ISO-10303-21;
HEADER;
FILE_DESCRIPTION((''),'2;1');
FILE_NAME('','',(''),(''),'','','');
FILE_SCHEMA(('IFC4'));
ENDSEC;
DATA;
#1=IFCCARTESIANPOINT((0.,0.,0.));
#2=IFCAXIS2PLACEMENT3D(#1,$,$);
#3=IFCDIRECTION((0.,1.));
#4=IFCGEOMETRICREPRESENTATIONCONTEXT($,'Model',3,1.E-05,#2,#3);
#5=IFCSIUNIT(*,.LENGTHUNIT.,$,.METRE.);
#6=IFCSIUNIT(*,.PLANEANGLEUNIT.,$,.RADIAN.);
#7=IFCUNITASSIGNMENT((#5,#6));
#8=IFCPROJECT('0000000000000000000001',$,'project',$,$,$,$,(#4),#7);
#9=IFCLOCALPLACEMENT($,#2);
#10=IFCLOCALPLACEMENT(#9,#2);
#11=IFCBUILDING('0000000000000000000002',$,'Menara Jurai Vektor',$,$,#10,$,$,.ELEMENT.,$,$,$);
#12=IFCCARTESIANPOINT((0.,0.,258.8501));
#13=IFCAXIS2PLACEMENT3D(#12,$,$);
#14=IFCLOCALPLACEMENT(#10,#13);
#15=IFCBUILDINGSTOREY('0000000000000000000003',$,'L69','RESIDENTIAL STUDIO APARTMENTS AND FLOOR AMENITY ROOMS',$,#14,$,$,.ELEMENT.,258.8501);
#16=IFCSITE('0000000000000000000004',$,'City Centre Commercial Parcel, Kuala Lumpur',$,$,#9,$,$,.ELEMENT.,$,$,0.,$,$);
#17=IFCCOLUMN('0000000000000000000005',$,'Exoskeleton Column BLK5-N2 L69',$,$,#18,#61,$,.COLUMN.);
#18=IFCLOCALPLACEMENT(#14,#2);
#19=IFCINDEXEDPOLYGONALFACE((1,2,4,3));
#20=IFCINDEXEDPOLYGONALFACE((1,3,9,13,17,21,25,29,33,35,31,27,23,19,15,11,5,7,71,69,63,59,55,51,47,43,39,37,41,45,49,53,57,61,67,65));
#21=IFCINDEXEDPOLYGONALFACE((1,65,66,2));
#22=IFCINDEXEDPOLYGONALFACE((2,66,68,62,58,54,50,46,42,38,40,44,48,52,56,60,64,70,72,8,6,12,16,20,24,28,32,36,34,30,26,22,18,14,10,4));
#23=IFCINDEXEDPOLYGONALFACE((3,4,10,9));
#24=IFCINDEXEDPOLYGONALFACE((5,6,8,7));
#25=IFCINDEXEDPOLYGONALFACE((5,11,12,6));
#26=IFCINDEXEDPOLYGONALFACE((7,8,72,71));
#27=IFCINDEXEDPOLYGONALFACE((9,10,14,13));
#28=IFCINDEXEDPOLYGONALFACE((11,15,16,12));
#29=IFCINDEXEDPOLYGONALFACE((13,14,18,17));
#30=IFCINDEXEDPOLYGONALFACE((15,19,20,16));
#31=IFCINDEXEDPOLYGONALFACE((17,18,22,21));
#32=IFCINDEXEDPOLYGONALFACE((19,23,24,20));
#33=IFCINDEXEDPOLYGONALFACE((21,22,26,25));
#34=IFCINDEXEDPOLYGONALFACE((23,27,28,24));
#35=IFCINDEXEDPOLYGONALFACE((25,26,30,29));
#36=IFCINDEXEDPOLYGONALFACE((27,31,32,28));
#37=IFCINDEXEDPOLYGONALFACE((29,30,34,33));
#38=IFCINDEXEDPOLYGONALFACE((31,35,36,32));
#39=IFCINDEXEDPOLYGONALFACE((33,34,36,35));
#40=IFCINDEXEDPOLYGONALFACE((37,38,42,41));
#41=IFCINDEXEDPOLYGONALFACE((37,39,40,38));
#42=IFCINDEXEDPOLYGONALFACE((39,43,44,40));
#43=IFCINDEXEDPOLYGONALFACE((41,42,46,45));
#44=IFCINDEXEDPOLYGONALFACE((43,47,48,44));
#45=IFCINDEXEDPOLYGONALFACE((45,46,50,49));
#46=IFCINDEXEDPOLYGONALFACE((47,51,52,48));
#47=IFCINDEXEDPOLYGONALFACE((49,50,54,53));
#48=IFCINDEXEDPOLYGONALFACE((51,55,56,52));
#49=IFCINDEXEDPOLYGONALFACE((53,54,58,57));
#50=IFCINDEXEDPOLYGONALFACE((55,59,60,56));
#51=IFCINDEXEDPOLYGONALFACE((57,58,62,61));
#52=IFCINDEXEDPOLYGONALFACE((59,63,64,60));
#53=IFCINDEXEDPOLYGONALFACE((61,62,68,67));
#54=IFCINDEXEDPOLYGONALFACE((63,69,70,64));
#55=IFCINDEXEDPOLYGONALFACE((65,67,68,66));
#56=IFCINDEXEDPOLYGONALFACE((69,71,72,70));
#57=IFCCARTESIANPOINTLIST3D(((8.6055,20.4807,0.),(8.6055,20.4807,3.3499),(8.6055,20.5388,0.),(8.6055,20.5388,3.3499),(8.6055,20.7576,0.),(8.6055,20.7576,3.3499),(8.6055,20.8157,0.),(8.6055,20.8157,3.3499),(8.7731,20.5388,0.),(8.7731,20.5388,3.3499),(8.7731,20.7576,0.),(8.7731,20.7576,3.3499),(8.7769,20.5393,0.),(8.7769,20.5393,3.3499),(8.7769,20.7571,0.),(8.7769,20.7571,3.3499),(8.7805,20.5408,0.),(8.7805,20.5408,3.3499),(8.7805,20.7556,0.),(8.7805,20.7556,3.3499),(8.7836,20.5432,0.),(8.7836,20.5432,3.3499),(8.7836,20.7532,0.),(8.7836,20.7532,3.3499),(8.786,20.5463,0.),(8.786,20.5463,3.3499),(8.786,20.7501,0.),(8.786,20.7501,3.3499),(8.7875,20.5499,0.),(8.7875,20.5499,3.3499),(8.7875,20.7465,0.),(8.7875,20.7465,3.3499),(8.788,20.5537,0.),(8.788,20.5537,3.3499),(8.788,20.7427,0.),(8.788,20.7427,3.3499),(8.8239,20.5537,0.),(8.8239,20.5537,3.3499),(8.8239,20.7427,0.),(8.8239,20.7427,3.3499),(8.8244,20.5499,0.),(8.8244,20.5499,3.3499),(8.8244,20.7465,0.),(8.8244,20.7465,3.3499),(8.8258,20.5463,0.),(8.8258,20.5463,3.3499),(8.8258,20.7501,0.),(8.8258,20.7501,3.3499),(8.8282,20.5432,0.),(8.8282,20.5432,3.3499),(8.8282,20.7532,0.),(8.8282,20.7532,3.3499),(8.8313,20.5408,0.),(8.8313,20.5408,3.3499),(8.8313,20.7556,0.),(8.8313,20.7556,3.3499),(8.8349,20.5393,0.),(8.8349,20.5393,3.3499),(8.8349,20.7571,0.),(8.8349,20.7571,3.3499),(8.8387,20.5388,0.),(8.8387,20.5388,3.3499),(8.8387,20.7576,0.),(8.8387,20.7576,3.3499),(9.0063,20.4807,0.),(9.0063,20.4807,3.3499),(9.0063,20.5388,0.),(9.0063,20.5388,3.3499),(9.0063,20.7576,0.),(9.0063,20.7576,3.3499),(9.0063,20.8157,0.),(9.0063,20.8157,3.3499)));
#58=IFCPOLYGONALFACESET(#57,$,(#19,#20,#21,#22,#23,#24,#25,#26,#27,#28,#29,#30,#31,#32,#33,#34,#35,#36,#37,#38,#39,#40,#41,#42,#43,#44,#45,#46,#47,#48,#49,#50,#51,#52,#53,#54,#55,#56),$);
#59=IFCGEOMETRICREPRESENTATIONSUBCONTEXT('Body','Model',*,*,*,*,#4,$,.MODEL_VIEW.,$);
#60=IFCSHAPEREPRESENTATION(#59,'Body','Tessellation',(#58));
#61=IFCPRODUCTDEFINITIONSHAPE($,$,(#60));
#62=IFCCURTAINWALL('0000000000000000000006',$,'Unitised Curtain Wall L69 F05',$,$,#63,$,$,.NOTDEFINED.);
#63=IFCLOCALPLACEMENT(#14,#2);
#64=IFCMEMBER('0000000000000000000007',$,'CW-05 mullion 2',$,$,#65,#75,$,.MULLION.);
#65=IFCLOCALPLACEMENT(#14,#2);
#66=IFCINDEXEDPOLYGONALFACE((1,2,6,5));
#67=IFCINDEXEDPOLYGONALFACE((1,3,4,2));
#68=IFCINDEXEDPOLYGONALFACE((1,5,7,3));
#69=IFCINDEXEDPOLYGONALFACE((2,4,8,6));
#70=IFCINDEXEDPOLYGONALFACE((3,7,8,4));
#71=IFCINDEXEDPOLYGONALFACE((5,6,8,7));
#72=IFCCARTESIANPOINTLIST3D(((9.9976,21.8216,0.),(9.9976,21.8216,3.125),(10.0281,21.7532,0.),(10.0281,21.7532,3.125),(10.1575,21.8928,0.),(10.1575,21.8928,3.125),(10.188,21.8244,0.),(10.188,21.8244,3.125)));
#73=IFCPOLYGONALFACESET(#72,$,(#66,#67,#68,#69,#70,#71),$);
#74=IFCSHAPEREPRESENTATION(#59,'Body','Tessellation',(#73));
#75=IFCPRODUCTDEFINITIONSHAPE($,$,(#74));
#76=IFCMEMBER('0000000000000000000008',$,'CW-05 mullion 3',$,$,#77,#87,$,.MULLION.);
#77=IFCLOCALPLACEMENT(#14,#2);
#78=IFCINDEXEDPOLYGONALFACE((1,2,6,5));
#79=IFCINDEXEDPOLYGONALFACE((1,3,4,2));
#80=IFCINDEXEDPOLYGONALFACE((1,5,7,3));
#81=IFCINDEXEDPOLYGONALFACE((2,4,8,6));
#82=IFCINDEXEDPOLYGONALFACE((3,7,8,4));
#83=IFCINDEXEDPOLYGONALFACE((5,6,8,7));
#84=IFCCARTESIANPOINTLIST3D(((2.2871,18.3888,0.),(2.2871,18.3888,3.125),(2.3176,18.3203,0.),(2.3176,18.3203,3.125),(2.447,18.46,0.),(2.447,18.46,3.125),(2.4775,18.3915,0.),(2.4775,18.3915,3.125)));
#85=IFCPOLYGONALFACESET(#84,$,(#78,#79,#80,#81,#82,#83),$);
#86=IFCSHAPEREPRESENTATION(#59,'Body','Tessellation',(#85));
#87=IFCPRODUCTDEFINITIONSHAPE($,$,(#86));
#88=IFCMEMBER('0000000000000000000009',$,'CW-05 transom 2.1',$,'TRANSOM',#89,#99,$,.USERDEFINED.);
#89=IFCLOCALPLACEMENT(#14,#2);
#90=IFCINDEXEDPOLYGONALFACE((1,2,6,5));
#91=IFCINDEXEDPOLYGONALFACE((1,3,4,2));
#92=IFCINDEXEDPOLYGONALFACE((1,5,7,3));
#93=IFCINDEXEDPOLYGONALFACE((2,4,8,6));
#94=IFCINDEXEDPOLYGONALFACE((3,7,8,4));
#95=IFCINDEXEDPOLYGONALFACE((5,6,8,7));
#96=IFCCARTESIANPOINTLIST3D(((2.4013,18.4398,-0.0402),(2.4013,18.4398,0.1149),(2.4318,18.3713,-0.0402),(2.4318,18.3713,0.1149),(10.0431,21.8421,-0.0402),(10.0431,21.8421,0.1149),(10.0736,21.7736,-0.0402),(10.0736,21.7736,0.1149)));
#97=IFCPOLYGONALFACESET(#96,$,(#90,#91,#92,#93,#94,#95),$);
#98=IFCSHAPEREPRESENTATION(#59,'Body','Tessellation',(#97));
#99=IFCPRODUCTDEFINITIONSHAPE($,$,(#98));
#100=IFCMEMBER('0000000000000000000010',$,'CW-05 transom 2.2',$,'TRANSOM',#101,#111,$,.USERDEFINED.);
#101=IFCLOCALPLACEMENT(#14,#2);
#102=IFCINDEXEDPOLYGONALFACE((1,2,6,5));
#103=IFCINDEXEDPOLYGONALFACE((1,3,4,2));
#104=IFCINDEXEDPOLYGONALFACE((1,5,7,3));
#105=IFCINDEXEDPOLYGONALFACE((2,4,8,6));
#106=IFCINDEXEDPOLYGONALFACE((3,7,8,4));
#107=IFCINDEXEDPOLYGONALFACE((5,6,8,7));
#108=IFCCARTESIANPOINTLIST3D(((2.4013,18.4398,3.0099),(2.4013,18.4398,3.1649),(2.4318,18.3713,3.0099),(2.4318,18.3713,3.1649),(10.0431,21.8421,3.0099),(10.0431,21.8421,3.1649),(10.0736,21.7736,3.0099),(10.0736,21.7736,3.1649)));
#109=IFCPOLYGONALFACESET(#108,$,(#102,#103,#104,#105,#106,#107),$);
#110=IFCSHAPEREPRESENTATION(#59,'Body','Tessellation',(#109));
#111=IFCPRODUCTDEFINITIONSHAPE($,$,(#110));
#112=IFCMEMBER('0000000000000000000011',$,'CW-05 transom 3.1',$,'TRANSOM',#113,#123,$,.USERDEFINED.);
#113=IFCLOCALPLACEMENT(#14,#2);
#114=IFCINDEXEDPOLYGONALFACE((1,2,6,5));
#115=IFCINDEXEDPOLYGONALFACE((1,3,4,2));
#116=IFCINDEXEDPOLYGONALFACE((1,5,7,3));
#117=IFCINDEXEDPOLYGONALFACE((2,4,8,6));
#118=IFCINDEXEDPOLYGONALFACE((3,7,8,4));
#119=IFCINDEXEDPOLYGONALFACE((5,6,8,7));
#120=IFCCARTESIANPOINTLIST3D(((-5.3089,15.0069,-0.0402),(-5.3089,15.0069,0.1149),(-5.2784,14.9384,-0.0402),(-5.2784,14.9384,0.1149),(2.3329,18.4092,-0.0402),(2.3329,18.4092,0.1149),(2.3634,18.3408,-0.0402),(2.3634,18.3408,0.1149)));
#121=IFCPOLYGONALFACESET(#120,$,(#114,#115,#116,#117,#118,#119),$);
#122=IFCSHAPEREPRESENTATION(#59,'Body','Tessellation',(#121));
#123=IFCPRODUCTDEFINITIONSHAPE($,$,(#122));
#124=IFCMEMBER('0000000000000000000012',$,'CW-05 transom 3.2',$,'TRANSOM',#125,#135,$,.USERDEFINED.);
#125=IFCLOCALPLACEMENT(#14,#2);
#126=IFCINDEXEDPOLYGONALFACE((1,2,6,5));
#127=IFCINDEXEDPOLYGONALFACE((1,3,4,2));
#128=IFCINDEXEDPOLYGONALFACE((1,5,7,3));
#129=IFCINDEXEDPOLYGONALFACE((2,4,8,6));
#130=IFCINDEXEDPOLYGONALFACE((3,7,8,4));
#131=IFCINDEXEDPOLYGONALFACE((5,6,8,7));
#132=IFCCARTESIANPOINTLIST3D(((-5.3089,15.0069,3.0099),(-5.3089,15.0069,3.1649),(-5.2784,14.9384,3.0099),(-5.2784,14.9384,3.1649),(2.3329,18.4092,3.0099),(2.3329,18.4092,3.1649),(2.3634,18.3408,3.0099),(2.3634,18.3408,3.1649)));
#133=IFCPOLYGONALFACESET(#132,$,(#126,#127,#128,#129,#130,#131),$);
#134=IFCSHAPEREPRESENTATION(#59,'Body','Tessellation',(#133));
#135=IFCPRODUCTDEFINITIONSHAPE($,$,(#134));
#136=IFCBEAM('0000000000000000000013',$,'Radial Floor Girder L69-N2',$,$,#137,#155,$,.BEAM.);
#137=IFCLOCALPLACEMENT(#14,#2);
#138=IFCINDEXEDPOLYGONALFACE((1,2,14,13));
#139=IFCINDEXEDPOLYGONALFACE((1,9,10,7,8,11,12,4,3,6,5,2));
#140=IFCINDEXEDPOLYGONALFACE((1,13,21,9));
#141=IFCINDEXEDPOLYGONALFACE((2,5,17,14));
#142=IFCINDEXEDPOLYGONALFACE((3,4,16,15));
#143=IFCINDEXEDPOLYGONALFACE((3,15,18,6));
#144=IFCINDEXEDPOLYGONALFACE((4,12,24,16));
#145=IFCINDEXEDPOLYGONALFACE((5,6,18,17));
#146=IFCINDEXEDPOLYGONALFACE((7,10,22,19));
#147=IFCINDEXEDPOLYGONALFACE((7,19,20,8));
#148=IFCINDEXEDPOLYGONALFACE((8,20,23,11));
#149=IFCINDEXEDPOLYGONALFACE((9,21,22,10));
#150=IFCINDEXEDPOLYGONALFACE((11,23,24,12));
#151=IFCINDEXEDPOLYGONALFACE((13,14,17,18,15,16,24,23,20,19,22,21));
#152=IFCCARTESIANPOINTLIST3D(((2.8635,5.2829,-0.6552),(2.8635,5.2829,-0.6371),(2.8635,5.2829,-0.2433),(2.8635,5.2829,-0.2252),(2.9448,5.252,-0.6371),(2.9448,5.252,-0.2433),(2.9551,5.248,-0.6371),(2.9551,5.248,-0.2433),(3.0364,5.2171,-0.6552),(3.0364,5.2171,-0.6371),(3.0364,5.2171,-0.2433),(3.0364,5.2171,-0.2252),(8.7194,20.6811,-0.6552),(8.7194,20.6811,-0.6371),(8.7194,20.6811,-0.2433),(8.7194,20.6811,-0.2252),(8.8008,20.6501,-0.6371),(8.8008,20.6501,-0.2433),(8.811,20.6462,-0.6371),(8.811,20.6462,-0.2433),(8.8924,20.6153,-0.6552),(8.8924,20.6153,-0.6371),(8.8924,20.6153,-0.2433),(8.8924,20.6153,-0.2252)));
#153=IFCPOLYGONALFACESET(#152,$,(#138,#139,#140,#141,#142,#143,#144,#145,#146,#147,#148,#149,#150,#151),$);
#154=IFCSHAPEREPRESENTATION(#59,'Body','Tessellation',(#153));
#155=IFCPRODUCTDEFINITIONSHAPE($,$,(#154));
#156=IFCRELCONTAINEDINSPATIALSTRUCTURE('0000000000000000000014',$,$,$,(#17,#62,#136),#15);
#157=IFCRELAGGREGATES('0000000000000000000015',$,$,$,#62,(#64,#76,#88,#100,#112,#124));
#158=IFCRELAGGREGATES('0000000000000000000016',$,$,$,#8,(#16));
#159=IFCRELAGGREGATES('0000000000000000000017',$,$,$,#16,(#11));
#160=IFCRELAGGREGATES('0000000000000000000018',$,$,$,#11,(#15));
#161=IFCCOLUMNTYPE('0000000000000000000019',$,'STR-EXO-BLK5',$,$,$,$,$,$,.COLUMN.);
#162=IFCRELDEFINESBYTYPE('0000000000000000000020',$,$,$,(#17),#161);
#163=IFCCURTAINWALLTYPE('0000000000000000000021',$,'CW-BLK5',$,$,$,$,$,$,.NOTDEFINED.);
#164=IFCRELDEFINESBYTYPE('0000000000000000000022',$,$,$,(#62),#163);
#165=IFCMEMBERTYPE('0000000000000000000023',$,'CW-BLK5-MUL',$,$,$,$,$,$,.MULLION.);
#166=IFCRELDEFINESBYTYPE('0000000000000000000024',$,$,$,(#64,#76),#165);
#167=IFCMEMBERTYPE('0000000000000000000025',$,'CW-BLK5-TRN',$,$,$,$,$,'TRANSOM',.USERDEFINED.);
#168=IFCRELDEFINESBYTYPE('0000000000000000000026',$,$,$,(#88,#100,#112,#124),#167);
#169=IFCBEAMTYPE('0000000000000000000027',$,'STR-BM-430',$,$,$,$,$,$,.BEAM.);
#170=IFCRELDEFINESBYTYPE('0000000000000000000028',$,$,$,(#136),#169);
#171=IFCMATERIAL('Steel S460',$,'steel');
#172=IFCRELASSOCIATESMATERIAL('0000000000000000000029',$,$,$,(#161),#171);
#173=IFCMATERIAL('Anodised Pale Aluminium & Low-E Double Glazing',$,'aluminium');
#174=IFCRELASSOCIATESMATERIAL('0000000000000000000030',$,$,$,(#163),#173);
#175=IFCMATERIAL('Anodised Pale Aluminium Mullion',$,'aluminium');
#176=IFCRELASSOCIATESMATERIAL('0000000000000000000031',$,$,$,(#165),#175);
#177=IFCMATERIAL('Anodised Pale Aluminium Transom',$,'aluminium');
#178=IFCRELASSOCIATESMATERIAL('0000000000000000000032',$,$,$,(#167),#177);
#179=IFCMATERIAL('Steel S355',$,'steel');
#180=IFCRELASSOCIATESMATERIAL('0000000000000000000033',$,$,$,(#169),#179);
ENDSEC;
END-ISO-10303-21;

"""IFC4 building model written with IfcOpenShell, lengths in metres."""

from ifc_helpers import new_model, si_unit, direction, frame, origin, origin_2d, place, context, subcontext, project, spatial, rectangle, i_section, extrude, material, material_profile, profile_set, type_object, element, aggregate, save


model = new_model("IFC4")

# Units and contexts
model_context = context("Model", 3, precision=1e-05, world=origin(), true_north=direction((0.0, 1.0)))
body_context = subcontext(model_context, "Body", "Model", "MODEL_VIEW")
ifc_project = project(units=[si_unit("LENGTHUNIT", "METRE"), si_unit("PLANEANGLEUNIT", "RADIAN")], contexts=[model_context])

# Site, building, storey
site_placement = place(None, origin())
site = spatial("IfcSite", under=ifc_project, at=site_placement, Name="City Centre Commercial Parcel, Kuala Lumpur", CompositionType="ELEMENT", RefElevation=0.0)
building_placement = place(site_placement, origin())
building = spatial("IfcBuilding", under=site, at=building_placement, Name="Menara Jurai Vektor", CompositionType="ELEMENT")
storey_placement = place(building_placement, frame((0.0, 0.0, 258.8501)))
storey = spatial("IfcBuildingStorey", under=building, at=storey_placement, Name="L69", Description="RESIDENTIAL STUDIO APARTMENTS AND FLOOR AMENITY ROOMS", CompositionType="ELEMENT", Elevation=258.8501)

# Column
ifc_material_1 = material(Name="Steel S460", Category="steel")
ifc_material_profile_1 = material_profile(ifc_material_1, i_section(OverallWidth=0.4009, OverallDepth=0.335, WebThickness=0.0359, FlangeThickness=0.0581, FilletRadius=0.0149, at=origin_2d()), Name="HD 400x463")
ifc_profile_set_1 = profile_set([ifc_material_profile_1], Name="Steel S460")
column_type = type_object("IfcColumnType", Name="STR-EXO-BLK5", PredefinedType="COLUMN", material=ifc_profile_set_1)
column_placement = place(storey_placement, frame((8.8059, 20.6482, 0.0), z_axis=(0.0, 0.0, 1.0), x_axis=(1.0, 0.0, 0.0)))
element("IfcColumn", 1, at=column_placement, inside=storey, type_object=column_type, Name="Exoskeleton Column BLK5-N2 L69", PredefinedType="COLUMN", context=body_context, shape_type="SweptSolid", body=[
    extrude(i_section(OverallWidth=0.4009, OverallDepth=0.335, WebThickness=0.0359, FlangeThickness=0.0581, FilletRadius=0.0149, at=origin_2d()), origin(), (0.0, 0.0, 1.0), 3.3499),
])

# Curtain wall, members
ifc_material_2 = material(Name="Anodised Pale Aluminium & Low-E Double Glazing", Category="aluminium")
curtain_wall_type = type_object("IfcCurtainWallType", Name="CW-BLK5", PredefinedType="NOTDEFINED", material=ifc_material_2)
curtain_wall_placement = place(storey_placement, origin())
curtain_wall = element("IfcCurtainWall", 2, at=curtain_wall_placement, inside=storey, type_object=curtain_wall_type, Name="Unitised Curtain Wall L69 F05", PredefinedType="NOTDEFINED")
ifc_material_3 = material(Name="Anodised Pale Aluminium Mullion", Category="aluminium")
ifc_material_profile_2 = material_profile(ifc_material_3, rectangle(XDim=0.075, YDim=0.175, at=origin_2d()), Name="ALU MUL 75x175")
ifc_profile_set_2 = profile_set([ifc_material_profile_2], Name="Anodised Pale Aluminium Mullion")
member_type_1 = type_object("IfcMemberType", Name="CW-BLK5-MUL", PredefinedType="MULLION", material=ifc_profile_set_2)
member_1_placement = place(storey_placement, frame((10.0928, 21.823, 0.0), z_axis=(0.0, 0.0, 1.0), x_axis=(0.406735, -0.913546, 0.0)))
member_1 = element("IfcMember", 3, at=member_1_placement, type_object=member_type_1, Name="CW-05 mullion 2", PredefinedType="MULLION", context=body_context, shape_type="SweptSolid", body=[
    extrude(rectangle(XDim=0.075, YDim=0.175, at=origin_2d()), origin(), (0.0, 0.0, 1.0), 3.125),
])
member_2_placement = place(storey_placement, frame((2.3823, 18.3901, 0.0), z_axis=(0.0, 0.0, 1.0), x_axis=(0.406735, -0.913546, 0.0)))
member_2 = element("IfcMember", 4, at=member_2_placement, type_object=member_type_1, Name="CW-05 mullion 3", PredefinedType="MULLION", context=body_context, shape_type="SweptSolid", body=[
    extrude(rectangle(XDim=0.075, YDim=0.175, at=origin_2d()), origin(), (0.0, 0.0, 1.0), 3.125),
])
ifc_material_4 = material(Name="Anodised Pale Aluminium Transom", Category="aluminium")
ifc_material_profile_3 = material_profile(ifc_material_4, rectangle(XDim=0.075, YDim=0.155, at=origin_2d()), Name="ALU TRN 75x155")
ifc_profile_set_3 = profile_set([ifc_material_profile_3], Name="Anodised Pale Aluminium Transom")
member_type_2 = type_object("IfcMemberType", Name="CW-BLK5-TRN", ElementType="TRANSOM", PredefinedType="USERDEFINED", material=ifc_profile_set_3)
member_3_placement = place(storey_placement, frame((10.0583, 21.8079, 0.0374), z_axis=(-0.913547, -0.406734, 0.0), x_axis=(0.406734, -0.913547, 0.0)))
member_3 = element("IfcMember", 5, at=member_3_placement, type_object=member_type_2, Name="CW-05 transom 2.1", ObjectType="TRANSOM", PredefinedType="USERDEFINED", context=body_context, shape_type="SweptSolid", body=[
    extrude(rectangle(XDim=0.075, YDim=0.155, at=origin_2d()), origin(), (0.0, 0.0, 1.0), 8.365),
])
member_4_placement = place(storey_placement, frame((10.0583, 21.8079, 3.0874), z_axis=(-0.913547, -0.406734, 0.0), x_axis=(0.406734, -0.913547, 0.0)))
member_4 = element("IfcMember", 6, at=member_4_placement, type_object=member_type_2, Name="CW-05 transom 2.2", ObjectType="TRANSOM", PredefinedType="USERDEFINED", context=body_context, shape_type="SweptSolid", body=[
    extrude(rectangle(XDim=0.075, YDim=0.155, at=origin_2d()), origin(), (0.0, 0.0, 1.0), 8.365),
])
member_5_placement = place(storey_placement, frame((2.3481, 18.375, 0.0374), z_axis=(-0.913547, -0.406734, 0.0), x_axis=(0.406734, -0.913547, 0.0)))
member_5 = element("IfcMember", 7, at=member_5_placement, type_object=member_type_2, Name="CW-05 transom 3.1", ObjectType="TRANSOM", PredefinedType="USERDEFINED", context=body_context, shape_type="SweptSolid", body=[
    extrude(rectangle(XDim=0.075, YDim=0.155, at=origin_2d()), origin(), (0.0, 0.0, 1.0), 8.365),
])
member_6_placement = place(storey_placement, frame((2.3481, 18.375, 3.0874), z_axis=(-0.913547, -0.406734, 0.0), x_axis=(0.406734, -0.913547, 0.0)))
member_6 = element("IfcMember", 8, at=member_6_placement, type_object=member_type_2, Name="CW-05 transom 3.2", ObjectType="TRANSOM", PredefinedType="USERDEFINED", context=body_context, shape_type="SweptSolid", body=[
    extrude(rectangle(XDim=0.075, YDim=0.155, at=origin_2d()), origin(), (0.0, 0.0, 1.0), 8.365),
])

# Beam
ifc_material_5 = material(Name="Steel S355", Category="steel")
ifc_material_profile_4 = material_profile(ifc_material_5, i_section(OverallWidth=0.1851, OverallDepth=0.4299, WebThickness=0.011, FlangeThickness=0.0181, at=origin_2d()), Name="PG 430x185x76")
ifc_profile_set_4 = profile_set([ifc_material_profile_4], Name="Steel S355")
beam_type_1 = type_object("IfcBeamType", Name="STR-BM-430", PredefinedType="BEAM", material=ifc_profile_set_4)
beam_1_placement = place(storey_placement, frame((8.8059, 20.6482, -0.4402), z_axis=(-0.355464, -0.93469, 0.0), x_axis=(0.93469, -0.355464, 0.0)))
element("IfcBeam", 9, at=beam_1_placement, inside=storey, type_object=beam_type_1, Name="Radial Floor Girder L69-N2", PredefinedType="BEAM", context=body_context, shape_type="SweptSolid", body=[
    extrude(i_section(OverallWidth=0.1851, OverallDepth=0.4299, WebThickness=0.011, FlangeThickness=0.0181, at=origin_2d()), origin(), (0.0, 0.0, 1.0), 16.4741),
])

aggregate(curtain_wall, [member_1, member_2, member_3, member_4, member_5, member_6])

save(model, "model.ifc")
